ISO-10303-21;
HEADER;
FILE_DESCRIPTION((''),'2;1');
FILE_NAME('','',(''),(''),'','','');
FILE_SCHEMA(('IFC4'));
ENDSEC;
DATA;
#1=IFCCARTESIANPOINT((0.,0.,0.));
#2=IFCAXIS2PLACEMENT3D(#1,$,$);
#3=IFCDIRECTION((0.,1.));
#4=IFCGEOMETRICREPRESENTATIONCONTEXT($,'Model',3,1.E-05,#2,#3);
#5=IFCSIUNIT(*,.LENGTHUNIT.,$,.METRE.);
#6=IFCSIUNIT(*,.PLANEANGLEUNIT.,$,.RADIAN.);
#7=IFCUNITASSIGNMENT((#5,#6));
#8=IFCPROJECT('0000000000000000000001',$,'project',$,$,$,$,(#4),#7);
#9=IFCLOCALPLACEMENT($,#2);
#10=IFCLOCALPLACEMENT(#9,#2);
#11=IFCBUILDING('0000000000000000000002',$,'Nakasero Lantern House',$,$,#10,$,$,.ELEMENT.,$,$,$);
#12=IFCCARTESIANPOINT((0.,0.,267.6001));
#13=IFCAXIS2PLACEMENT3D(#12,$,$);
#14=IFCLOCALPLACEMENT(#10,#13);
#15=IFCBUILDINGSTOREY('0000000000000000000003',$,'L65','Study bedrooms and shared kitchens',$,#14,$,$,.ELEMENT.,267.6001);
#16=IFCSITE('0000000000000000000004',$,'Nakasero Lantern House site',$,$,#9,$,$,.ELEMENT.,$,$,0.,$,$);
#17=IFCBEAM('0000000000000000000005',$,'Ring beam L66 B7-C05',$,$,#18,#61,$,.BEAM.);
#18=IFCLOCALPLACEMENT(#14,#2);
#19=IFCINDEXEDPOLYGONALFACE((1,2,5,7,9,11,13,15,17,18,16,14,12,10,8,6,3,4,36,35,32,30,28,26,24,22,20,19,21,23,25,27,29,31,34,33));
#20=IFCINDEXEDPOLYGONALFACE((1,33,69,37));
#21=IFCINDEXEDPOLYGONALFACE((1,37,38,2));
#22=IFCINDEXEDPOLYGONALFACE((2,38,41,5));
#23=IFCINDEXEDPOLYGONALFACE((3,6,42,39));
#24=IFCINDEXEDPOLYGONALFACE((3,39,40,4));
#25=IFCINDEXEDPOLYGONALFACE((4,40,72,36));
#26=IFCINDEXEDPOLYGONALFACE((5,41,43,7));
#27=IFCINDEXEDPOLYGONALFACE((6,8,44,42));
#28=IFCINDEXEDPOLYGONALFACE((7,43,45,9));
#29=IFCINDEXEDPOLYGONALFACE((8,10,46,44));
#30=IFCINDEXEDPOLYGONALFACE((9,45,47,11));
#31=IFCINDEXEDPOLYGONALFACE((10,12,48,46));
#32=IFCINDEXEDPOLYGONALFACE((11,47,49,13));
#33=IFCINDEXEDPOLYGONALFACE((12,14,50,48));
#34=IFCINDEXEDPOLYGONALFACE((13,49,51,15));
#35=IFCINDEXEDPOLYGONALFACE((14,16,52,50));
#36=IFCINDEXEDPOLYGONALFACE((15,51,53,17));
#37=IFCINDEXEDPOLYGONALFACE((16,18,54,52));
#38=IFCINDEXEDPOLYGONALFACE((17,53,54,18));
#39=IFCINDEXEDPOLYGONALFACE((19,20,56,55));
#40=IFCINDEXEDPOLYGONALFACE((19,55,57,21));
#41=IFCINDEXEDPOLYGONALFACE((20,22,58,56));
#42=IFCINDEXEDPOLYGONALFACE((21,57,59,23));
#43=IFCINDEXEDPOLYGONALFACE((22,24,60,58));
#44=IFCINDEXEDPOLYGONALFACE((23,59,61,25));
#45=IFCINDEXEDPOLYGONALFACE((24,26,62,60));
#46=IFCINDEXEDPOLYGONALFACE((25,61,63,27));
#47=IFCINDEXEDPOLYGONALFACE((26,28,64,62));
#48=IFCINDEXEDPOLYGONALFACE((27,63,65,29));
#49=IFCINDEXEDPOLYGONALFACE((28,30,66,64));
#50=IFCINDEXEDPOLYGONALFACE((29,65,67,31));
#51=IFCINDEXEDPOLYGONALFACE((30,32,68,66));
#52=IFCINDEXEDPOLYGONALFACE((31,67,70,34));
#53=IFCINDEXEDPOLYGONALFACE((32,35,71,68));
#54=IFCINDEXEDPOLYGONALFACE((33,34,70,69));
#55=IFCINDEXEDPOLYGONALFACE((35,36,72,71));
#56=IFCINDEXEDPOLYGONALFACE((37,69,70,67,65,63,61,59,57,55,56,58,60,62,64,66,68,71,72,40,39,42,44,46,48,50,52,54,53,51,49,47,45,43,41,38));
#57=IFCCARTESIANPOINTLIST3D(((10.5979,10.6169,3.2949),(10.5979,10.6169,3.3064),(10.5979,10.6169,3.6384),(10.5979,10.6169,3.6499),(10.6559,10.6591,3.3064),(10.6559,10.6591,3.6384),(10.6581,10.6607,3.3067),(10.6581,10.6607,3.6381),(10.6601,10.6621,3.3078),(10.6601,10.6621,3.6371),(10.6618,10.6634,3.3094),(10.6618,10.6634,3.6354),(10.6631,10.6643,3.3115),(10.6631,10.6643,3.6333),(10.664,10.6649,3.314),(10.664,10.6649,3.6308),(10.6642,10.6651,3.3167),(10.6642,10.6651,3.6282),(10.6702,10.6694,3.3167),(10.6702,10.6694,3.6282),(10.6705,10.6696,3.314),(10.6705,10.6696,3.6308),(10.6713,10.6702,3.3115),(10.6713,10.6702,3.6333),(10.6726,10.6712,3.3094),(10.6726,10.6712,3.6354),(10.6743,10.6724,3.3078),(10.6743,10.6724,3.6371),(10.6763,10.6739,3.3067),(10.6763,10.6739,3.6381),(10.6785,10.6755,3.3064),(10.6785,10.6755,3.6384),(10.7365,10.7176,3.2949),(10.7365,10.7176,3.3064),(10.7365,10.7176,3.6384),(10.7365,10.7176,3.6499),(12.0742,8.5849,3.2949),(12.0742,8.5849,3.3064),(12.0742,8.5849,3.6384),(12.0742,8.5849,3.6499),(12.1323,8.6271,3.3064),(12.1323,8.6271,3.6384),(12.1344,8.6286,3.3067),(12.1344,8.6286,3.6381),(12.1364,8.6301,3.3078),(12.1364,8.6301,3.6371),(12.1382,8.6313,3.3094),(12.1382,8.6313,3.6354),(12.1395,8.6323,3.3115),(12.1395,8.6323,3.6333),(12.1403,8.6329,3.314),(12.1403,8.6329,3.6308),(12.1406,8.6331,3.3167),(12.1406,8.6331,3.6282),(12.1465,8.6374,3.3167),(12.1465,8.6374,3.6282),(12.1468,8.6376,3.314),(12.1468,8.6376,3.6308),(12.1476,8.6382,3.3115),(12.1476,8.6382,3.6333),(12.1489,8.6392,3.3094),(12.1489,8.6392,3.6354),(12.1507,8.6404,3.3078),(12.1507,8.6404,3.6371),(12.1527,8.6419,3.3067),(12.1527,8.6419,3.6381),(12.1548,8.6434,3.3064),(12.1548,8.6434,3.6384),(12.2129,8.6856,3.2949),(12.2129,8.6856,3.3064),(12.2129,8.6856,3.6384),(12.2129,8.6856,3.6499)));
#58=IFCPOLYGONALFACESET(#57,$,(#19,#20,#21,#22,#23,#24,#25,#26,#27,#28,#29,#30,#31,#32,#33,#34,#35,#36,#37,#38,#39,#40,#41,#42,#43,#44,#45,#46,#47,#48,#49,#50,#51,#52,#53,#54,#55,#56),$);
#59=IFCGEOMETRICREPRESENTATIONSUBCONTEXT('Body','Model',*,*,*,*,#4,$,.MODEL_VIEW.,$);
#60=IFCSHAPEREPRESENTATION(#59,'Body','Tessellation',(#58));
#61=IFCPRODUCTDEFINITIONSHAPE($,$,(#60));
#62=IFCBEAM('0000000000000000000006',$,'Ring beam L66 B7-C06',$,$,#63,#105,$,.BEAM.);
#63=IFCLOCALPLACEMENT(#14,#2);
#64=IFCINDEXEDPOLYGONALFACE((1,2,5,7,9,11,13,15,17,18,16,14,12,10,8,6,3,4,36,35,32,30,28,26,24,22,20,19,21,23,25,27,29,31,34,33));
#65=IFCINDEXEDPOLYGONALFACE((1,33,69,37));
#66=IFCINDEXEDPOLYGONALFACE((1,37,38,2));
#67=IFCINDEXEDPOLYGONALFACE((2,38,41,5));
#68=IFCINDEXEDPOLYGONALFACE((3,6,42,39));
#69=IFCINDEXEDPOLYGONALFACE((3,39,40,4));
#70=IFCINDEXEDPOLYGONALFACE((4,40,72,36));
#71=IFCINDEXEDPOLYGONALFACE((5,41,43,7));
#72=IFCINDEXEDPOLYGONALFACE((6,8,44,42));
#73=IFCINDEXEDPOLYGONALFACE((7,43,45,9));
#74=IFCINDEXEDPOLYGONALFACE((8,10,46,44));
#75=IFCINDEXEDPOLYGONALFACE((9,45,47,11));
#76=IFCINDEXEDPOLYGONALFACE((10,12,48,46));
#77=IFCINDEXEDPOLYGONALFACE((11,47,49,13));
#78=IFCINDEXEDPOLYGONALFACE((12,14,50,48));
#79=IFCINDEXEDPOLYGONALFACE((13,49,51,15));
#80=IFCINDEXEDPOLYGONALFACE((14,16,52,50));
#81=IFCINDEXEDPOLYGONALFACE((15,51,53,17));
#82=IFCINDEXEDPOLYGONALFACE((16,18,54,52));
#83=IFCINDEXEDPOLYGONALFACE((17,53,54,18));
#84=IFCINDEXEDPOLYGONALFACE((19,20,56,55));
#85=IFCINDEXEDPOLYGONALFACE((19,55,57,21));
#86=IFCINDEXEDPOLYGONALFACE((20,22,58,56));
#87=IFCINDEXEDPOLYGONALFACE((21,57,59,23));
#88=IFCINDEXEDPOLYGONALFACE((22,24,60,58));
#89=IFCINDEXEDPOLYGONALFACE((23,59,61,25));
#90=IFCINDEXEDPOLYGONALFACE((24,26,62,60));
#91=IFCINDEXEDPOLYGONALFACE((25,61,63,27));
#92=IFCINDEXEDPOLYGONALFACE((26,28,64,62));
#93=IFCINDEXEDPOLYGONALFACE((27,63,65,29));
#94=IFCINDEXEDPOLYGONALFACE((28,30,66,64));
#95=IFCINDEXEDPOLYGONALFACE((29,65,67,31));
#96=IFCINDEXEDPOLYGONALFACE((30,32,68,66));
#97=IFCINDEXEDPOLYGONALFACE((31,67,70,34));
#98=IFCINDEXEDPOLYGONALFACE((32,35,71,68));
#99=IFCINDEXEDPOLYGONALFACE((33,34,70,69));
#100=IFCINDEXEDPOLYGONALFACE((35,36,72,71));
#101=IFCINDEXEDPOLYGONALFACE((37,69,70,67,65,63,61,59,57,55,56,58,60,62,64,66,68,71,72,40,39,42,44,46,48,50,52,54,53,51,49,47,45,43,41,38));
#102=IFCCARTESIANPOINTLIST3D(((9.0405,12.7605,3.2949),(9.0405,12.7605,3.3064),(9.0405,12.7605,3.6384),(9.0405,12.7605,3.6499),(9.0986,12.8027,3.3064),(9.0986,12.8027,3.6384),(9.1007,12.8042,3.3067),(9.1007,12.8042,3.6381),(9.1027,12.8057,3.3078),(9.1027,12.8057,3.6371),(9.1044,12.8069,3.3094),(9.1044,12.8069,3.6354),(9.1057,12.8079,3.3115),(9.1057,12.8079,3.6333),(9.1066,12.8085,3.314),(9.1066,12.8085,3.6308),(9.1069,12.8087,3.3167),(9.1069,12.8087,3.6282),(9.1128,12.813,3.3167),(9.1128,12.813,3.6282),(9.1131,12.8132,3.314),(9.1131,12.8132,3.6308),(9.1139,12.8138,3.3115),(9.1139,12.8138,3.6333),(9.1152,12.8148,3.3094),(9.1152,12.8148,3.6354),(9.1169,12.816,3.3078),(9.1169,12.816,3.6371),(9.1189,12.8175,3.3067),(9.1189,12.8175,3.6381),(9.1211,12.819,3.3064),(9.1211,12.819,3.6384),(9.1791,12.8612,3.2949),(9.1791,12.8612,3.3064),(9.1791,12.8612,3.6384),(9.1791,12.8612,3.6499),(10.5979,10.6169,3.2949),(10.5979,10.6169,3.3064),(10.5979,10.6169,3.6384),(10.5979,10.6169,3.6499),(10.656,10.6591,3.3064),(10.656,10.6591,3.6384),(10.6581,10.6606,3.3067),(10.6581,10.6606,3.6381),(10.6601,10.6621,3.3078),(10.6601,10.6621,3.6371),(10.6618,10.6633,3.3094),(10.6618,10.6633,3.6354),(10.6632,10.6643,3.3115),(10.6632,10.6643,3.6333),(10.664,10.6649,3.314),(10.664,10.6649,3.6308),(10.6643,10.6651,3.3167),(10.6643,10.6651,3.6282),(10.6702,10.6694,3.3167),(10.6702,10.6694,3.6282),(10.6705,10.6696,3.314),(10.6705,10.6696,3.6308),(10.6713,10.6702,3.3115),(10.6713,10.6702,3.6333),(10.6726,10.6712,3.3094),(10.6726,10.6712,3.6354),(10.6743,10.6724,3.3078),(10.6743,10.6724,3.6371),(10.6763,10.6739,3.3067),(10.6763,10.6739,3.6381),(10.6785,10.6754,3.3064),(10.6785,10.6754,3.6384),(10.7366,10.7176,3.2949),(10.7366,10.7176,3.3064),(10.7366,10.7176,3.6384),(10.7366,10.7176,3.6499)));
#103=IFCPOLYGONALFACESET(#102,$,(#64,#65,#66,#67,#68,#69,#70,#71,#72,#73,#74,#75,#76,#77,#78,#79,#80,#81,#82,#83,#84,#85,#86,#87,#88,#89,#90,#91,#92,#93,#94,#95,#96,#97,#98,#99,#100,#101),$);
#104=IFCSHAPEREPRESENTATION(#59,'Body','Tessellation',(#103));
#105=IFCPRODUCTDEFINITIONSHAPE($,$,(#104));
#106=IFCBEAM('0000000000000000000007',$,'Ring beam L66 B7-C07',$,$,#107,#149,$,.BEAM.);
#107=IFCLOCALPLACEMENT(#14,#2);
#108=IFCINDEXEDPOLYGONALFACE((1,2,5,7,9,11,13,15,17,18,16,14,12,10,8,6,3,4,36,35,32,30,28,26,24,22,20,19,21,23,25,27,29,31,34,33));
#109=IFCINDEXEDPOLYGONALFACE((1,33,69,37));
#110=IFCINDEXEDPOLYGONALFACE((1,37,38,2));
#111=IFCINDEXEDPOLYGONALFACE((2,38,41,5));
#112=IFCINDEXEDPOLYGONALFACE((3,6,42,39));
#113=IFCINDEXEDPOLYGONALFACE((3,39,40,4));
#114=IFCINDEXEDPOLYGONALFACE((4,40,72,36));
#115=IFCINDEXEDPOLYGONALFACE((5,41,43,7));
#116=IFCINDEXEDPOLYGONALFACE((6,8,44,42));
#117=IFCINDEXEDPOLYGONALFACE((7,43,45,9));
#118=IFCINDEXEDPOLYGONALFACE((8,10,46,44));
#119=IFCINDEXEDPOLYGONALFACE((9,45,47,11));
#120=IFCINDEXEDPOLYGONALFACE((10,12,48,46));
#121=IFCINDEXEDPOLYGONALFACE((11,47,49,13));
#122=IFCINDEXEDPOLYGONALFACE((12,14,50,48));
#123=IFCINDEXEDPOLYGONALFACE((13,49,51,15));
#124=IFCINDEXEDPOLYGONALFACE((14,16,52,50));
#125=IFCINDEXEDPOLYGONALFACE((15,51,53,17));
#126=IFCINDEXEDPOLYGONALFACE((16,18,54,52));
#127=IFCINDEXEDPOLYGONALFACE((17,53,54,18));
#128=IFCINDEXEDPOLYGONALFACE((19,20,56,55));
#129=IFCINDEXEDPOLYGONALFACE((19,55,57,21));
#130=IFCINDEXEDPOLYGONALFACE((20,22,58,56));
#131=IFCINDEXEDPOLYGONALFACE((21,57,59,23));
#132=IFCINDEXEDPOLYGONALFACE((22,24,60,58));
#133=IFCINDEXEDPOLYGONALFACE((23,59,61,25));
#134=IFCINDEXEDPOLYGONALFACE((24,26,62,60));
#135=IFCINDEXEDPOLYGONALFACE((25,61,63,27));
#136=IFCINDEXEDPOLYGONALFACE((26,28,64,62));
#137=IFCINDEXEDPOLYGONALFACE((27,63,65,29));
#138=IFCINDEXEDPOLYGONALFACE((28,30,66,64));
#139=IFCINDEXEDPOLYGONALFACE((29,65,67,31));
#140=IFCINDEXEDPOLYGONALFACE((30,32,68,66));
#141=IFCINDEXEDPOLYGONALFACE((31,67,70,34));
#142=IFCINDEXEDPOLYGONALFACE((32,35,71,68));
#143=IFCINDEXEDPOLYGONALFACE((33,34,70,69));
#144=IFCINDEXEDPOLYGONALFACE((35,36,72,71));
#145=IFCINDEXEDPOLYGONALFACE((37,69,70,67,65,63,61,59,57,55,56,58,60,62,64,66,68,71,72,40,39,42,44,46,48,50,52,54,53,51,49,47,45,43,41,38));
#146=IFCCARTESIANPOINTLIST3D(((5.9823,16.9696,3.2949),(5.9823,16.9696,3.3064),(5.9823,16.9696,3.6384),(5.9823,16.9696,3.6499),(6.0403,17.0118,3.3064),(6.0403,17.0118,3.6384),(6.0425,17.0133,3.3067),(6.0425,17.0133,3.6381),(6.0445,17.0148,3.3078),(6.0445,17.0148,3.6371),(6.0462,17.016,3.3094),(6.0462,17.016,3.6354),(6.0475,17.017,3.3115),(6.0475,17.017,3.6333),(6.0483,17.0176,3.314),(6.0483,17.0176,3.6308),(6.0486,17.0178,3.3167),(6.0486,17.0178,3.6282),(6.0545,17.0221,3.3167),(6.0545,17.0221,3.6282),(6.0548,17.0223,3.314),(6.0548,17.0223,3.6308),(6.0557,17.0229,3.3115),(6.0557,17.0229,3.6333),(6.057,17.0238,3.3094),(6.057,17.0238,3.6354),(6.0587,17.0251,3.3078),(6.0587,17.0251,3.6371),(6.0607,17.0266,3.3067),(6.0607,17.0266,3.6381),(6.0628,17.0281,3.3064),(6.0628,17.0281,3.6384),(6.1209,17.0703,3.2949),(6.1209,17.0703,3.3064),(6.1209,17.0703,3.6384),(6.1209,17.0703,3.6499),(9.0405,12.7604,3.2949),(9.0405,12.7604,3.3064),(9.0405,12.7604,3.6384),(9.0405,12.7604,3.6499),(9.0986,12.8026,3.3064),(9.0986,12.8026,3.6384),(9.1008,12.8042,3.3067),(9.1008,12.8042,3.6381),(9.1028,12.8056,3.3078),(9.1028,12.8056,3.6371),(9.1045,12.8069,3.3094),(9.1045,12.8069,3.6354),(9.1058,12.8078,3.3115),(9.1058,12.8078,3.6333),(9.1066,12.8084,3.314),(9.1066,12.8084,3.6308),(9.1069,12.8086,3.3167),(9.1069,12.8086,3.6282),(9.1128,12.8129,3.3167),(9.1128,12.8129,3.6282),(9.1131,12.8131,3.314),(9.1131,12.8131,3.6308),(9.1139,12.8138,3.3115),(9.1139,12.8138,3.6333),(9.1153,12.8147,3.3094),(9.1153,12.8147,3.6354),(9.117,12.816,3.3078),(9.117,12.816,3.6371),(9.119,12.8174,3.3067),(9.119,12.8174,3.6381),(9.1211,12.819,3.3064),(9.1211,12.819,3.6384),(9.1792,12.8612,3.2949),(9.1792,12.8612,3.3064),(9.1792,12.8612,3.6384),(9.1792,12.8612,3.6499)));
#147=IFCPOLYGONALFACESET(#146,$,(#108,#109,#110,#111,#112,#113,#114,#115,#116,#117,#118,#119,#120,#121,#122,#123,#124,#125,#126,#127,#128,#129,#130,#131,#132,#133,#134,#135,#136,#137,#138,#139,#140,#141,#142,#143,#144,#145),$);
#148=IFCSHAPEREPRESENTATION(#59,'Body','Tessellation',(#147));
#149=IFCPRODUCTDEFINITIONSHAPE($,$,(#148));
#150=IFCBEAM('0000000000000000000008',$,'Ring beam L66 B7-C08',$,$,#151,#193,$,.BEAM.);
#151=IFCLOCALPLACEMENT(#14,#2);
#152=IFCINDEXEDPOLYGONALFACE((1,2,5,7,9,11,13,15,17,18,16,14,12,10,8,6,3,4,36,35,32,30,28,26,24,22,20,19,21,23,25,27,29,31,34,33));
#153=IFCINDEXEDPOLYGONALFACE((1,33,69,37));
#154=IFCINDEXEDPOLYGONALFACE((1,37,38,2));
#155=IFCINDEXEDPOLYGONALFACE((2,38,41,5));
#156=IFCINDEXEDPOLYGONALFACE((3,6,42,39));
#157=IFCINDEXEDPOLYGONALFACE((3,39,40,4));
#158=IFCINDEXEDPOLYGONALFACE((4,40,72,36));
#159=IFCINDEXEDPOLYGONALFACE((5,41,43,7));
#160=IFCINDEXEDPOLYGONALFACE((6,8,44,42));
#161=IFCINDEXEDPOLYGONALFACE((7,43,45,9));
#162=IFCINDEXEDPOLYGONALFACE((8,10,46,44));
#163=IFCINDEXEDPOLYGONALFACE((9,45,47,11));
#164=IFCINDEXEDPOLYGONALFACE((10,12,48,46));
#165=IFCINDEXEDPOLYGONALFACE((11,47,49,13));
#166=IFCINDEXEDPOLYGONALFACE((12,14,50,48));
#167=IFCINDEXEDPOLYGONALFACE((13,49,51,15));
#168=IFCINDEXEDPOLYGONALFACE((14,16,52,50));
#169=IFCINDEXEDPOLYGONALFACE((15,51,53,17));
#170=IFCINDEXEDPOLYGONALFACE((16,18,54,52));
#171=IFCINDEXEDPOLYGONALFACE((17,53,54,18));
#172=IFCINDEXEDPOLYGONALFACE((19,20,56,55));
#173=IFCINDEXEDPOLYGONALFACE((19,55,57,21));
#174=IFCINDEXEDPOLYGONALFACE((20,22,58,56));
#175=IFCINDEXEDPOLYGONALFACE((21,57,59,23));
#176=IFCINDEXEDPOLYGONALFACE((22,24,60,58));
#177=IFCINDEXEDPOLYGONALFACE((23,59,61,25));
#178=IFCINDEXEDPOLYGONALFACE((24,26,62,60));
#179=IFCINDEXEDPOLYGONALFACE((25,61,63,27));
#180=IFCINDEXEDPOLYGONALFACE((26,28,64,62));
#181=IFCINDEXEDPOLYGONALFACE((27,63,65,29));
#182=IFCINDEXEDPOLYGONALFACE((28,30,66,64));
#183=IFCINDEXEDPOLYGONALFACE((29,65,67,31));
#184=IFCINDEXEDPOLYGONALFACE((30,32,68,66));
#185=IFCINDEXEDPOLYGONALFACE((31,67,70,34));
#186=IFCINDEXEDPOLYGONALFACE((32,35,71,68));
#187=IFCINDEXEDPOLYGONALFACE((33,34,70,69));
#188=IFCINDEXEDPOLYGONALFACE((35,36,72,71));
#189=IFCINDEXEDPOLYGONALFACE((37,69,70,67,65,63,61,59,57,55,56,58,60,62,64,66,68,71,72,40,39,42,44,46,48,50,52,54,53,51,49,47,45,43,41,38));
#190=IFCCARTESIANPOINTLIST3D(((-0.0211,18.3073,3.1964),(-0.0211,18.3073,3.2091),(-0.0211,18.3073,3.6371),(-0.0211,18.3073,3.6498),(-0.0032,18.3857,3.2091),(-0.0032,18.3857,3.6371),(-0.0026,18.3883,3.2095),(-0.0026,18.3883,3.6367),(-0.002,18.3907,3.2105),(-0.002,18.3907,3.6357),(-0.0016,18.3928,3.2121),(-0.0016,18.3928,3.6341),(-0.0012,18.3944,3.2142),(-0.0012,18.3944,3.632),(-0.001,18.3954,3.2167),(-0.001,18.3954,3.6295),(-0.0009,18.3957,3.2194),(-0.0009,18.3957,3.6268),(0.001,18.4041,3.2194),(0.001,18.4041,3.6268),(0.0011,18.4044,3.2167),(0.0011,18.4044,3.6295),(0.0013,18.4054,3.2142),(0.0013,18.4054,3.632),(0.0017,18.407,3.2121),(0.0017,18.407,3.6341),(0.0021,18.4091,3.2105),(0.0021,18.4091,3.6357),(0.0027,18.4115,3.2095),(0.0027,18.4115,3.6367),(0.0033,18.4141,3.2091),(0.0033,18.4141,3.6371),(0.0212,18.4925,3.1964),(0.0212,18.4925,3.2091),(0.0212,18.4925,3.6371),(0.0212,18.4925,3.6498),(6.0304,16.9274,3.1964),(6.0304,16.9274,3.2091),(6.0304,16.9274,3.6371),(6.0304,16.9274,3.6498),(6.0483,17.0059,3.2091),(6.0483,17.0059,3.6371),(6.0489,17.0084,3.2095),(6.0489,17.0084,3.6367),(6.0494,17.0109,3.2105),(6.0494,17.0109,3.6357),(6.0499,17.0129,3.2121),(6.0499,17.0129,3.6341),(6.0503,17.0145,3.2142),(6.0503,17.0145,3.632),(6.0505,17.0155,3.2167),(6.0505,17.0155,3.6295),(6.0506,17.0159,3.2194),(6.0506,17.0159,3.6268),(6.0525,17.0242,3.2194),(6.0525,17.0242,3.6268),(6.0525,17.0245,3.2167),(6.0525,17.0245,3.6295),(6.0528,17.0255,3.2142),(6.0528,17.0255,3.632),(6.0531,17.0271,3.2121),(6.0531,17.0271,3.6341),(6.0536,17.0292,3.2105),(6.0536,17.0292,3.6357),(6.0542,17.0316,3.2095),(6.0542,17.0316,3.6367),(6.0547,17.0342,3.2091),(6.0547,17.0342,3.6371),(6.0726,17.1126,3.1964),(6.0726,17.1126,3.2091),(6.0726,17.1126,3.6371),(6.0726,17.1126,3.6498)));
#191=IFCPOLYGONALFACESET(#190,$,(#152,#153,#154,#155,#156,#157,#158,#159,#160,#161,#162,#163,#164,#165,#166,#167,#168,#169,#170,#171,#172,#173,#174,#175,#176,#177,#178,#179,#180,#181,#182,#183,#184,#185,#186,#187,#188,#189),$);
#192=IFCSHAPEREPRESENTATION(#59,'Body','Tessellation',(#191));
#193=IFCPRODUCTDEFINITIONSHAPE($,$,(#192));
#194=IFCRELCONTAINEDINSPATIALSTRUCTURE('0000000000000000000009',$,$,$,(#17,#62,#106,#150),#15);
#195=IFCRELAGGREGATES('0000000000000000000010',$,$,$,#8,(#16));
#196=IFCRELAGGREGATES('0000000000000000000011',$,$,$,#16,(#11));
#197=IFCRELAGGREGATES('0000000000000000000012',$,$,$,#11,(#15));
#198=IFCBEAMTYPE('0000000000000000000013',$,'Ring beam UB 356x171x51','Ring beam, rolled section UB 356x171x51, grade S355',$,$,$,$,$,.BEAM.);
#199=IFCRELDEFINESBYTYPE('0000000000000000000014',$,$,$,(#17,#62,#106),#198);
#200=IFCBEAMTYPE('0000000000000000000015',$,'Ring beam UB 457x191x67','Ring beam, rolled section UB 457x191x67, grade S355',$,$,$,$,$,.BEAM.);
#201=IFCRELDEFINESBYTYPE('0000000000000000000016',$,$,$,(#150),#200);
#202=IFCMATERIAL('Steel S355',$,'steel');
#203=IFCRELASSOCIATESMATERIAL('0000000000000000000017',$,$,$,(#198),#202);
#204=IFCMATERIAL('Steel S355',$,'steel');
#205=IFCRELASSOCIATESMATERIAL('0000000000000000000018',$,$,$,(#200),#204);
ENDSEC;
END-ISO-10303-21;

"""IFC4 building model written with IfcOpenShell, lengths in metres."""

from ifc_helpers import new_model, si_unit, direction, frame, origin, origin_2d, place, context, subcontext, project, spatial, i_section, extrude, material, material_profile, profile_set, type_object, element, save


model = new_model("IFC4")

# Units and contexts
model_context = context("Model", 3, precision=1e-05, world=origin(), true_north=direction((0.0, 1.0)))
body_context = subcontext(model_context, "Body", "Model", "MODEL_VIEW")
ifc_project = project(units=[si_unit("LENGTHUNIT", "METRE"), si_unit("PLANEANGLEUNIT", "RADIAN")], contexts=[model_context])

# Site, building, storey
site_placement = place(None, origin())
site = spatial("IfcSite", under=ifc_project, at=site_placement, Name="Nakasero Lantern House site", CompositionType="ELEMENT", RefElevation=0.0)
building_placement = place(site_placement, origin())
building = spatial("IfcBuilding", under=site, at=building_placement, Name="Nakasero Lantern House", CompositionType="ELEMENT")
storey_placement = place(building_placement, frame((0.0, 0.0, 267.6001)))
storey = spatial("IfcBuildingStorey", under=building, at=storey_placement, Name="L65", Description="Study bedrooms and shared kitchens", CompositionType="ELEMENT", Elevation=267.6001)

# Beams
ifc_material_1 = material(Name="Steel S355", Category="steel")
ifc_material_profile_1 = material_profile(ifc_material_1, i_section(OverallWidth=0.1714, OverallDepth=0.355, WebThickness=0.0073, FlangeThickness=0.0115, FilletRadius=0.0103, at=origin_2d()), Name="UB 356x171x51")
ifc_profile_set_1 = profile_set([ifc_material_profile_1], Name="Steel S355")
beam_type_1 = type_object("IfcBeamType", Name="Ring beam UB 356x171x51", Description="Ring beam, rolled section UB 356x171x51, grade S355", PredefinedType="BEAM", material=ifc_profile_set_1)
beam_1_placement = place(storey_placement, frame((12.1436, 8.6353, 3.4724), z_axis=(-0.587784, 0.809018, 0.0), x_axis=(-0.809018, -0.587784, 0.0)))
element("IfcBeam", 1, at=beam_1_placement, inside=storey, type_object=beam_type_1, Name="Ring beam L66 B7-C05", PredefinedType="BEAM", context=body_context, shape_type="SweptSolid", body=[
    extrude(i_section(OverallWidth=0.1714, OverallDepth=0.355, WebThickness=0.0073, FlangeThickness=0.0115, FilletRadius=0.0103, at=origin_2d()), origin(), (0.0, 0.0, 1.0), 2.5117),
])
beam_2_placement = place(storey_placement, frame((10.6672, 10.6672, 3.4724), z_axis=(-0.587783, 0.809019, 0.0), x_axis=(-0.809019, -0.587783, 0.0)))
element("IfcBeam", 2, at=beam_2_placement, inside=storey, type_object=beam_type_1, Name="Ring beam L66 B7-C06", PredefinedType="BEAM", context=body_context, shape_type="SweptSolid", body=[
    extrude(i_section(OverallWidth=0.1714, OverallDepth=0.355, WebThickness=0.0073, FlangeThickness=0.0115, FilletRadius=0.0103, at=origin_2d()), origin(), (0.0, 0.0, 1.0), 2.6497),
])
beam_3_placement = place(storey_placement, frame((9.1099, 12.8108, 3.4724), z_axis=(-0.587806, 0.809002, 0.0), x_axis=(-0.809002, -0.587806, 0.0)))
element("IfcBeam", 3, at=beam_3_placement, inside=storey, type_object=beam_type_1, Name="Ring beam L66 B7-C07", PredefinedType="BEAM", context=body_context, shape_type="SweptSolid", body=[
    extrude(i_section(OverallWidth=0.1714, OverallDepth=0.355, WebThickness=0.0073, FlangeThickness=0.0115, FilletRadius=0.0103, at=origin_2d()), origin(), (0.0, 0.0, 1.0), 5.2029),
])
ifc_material_2 = material(Name="Steel S355", Category="steel")
ifc_material_profile_2 = material_profile(ifc_material_2, i_section(OverallWidth=0.1899, OverallDepth=0.4534, WebThickness=0.0085, FlangeThickness=0.0127, FilletRadius=0.0103, at=origin_2d()), Name="UB 457x191x67")
ifc_profile_set_2 = profile_set([ifc_material_profile_2], Name="Steel S355")
beam_type_2 = type_object("IfcBeamType", Name="Ring beam UB 457x191x67", Description="Ring beam, rolled section UB 457x191x67, grade S355", PredefinedType="BEAM", material=ifc_profile_set_2)
beam_4_placement = place(storey_placement, frame((6.0515, 17.02, 3.4231), z_axis=(-0.974975, 0.222316, 0.0), x_axis=(-0.222316, -0.974975, 0.0)))
element("IfcBeam", 4, at=beam_4_placement, inside=storey, type_object=beam_type_2, Name="Ring beam L66 B7-C08", PredefinedType="BEAM", context=body_context, shape_type="SweptSolid", body=[
    extrude(i_section(OverallWidth=0.1899, OverallDepth=0.4534, WebThickness=0.0085, FlangeThickness=0.0127, FilletRadius=0.0103, at=origin_2d()), origin(), (0.0, 0.0, 1.0), 6.2068),
])

save(model, "model.ifc")
